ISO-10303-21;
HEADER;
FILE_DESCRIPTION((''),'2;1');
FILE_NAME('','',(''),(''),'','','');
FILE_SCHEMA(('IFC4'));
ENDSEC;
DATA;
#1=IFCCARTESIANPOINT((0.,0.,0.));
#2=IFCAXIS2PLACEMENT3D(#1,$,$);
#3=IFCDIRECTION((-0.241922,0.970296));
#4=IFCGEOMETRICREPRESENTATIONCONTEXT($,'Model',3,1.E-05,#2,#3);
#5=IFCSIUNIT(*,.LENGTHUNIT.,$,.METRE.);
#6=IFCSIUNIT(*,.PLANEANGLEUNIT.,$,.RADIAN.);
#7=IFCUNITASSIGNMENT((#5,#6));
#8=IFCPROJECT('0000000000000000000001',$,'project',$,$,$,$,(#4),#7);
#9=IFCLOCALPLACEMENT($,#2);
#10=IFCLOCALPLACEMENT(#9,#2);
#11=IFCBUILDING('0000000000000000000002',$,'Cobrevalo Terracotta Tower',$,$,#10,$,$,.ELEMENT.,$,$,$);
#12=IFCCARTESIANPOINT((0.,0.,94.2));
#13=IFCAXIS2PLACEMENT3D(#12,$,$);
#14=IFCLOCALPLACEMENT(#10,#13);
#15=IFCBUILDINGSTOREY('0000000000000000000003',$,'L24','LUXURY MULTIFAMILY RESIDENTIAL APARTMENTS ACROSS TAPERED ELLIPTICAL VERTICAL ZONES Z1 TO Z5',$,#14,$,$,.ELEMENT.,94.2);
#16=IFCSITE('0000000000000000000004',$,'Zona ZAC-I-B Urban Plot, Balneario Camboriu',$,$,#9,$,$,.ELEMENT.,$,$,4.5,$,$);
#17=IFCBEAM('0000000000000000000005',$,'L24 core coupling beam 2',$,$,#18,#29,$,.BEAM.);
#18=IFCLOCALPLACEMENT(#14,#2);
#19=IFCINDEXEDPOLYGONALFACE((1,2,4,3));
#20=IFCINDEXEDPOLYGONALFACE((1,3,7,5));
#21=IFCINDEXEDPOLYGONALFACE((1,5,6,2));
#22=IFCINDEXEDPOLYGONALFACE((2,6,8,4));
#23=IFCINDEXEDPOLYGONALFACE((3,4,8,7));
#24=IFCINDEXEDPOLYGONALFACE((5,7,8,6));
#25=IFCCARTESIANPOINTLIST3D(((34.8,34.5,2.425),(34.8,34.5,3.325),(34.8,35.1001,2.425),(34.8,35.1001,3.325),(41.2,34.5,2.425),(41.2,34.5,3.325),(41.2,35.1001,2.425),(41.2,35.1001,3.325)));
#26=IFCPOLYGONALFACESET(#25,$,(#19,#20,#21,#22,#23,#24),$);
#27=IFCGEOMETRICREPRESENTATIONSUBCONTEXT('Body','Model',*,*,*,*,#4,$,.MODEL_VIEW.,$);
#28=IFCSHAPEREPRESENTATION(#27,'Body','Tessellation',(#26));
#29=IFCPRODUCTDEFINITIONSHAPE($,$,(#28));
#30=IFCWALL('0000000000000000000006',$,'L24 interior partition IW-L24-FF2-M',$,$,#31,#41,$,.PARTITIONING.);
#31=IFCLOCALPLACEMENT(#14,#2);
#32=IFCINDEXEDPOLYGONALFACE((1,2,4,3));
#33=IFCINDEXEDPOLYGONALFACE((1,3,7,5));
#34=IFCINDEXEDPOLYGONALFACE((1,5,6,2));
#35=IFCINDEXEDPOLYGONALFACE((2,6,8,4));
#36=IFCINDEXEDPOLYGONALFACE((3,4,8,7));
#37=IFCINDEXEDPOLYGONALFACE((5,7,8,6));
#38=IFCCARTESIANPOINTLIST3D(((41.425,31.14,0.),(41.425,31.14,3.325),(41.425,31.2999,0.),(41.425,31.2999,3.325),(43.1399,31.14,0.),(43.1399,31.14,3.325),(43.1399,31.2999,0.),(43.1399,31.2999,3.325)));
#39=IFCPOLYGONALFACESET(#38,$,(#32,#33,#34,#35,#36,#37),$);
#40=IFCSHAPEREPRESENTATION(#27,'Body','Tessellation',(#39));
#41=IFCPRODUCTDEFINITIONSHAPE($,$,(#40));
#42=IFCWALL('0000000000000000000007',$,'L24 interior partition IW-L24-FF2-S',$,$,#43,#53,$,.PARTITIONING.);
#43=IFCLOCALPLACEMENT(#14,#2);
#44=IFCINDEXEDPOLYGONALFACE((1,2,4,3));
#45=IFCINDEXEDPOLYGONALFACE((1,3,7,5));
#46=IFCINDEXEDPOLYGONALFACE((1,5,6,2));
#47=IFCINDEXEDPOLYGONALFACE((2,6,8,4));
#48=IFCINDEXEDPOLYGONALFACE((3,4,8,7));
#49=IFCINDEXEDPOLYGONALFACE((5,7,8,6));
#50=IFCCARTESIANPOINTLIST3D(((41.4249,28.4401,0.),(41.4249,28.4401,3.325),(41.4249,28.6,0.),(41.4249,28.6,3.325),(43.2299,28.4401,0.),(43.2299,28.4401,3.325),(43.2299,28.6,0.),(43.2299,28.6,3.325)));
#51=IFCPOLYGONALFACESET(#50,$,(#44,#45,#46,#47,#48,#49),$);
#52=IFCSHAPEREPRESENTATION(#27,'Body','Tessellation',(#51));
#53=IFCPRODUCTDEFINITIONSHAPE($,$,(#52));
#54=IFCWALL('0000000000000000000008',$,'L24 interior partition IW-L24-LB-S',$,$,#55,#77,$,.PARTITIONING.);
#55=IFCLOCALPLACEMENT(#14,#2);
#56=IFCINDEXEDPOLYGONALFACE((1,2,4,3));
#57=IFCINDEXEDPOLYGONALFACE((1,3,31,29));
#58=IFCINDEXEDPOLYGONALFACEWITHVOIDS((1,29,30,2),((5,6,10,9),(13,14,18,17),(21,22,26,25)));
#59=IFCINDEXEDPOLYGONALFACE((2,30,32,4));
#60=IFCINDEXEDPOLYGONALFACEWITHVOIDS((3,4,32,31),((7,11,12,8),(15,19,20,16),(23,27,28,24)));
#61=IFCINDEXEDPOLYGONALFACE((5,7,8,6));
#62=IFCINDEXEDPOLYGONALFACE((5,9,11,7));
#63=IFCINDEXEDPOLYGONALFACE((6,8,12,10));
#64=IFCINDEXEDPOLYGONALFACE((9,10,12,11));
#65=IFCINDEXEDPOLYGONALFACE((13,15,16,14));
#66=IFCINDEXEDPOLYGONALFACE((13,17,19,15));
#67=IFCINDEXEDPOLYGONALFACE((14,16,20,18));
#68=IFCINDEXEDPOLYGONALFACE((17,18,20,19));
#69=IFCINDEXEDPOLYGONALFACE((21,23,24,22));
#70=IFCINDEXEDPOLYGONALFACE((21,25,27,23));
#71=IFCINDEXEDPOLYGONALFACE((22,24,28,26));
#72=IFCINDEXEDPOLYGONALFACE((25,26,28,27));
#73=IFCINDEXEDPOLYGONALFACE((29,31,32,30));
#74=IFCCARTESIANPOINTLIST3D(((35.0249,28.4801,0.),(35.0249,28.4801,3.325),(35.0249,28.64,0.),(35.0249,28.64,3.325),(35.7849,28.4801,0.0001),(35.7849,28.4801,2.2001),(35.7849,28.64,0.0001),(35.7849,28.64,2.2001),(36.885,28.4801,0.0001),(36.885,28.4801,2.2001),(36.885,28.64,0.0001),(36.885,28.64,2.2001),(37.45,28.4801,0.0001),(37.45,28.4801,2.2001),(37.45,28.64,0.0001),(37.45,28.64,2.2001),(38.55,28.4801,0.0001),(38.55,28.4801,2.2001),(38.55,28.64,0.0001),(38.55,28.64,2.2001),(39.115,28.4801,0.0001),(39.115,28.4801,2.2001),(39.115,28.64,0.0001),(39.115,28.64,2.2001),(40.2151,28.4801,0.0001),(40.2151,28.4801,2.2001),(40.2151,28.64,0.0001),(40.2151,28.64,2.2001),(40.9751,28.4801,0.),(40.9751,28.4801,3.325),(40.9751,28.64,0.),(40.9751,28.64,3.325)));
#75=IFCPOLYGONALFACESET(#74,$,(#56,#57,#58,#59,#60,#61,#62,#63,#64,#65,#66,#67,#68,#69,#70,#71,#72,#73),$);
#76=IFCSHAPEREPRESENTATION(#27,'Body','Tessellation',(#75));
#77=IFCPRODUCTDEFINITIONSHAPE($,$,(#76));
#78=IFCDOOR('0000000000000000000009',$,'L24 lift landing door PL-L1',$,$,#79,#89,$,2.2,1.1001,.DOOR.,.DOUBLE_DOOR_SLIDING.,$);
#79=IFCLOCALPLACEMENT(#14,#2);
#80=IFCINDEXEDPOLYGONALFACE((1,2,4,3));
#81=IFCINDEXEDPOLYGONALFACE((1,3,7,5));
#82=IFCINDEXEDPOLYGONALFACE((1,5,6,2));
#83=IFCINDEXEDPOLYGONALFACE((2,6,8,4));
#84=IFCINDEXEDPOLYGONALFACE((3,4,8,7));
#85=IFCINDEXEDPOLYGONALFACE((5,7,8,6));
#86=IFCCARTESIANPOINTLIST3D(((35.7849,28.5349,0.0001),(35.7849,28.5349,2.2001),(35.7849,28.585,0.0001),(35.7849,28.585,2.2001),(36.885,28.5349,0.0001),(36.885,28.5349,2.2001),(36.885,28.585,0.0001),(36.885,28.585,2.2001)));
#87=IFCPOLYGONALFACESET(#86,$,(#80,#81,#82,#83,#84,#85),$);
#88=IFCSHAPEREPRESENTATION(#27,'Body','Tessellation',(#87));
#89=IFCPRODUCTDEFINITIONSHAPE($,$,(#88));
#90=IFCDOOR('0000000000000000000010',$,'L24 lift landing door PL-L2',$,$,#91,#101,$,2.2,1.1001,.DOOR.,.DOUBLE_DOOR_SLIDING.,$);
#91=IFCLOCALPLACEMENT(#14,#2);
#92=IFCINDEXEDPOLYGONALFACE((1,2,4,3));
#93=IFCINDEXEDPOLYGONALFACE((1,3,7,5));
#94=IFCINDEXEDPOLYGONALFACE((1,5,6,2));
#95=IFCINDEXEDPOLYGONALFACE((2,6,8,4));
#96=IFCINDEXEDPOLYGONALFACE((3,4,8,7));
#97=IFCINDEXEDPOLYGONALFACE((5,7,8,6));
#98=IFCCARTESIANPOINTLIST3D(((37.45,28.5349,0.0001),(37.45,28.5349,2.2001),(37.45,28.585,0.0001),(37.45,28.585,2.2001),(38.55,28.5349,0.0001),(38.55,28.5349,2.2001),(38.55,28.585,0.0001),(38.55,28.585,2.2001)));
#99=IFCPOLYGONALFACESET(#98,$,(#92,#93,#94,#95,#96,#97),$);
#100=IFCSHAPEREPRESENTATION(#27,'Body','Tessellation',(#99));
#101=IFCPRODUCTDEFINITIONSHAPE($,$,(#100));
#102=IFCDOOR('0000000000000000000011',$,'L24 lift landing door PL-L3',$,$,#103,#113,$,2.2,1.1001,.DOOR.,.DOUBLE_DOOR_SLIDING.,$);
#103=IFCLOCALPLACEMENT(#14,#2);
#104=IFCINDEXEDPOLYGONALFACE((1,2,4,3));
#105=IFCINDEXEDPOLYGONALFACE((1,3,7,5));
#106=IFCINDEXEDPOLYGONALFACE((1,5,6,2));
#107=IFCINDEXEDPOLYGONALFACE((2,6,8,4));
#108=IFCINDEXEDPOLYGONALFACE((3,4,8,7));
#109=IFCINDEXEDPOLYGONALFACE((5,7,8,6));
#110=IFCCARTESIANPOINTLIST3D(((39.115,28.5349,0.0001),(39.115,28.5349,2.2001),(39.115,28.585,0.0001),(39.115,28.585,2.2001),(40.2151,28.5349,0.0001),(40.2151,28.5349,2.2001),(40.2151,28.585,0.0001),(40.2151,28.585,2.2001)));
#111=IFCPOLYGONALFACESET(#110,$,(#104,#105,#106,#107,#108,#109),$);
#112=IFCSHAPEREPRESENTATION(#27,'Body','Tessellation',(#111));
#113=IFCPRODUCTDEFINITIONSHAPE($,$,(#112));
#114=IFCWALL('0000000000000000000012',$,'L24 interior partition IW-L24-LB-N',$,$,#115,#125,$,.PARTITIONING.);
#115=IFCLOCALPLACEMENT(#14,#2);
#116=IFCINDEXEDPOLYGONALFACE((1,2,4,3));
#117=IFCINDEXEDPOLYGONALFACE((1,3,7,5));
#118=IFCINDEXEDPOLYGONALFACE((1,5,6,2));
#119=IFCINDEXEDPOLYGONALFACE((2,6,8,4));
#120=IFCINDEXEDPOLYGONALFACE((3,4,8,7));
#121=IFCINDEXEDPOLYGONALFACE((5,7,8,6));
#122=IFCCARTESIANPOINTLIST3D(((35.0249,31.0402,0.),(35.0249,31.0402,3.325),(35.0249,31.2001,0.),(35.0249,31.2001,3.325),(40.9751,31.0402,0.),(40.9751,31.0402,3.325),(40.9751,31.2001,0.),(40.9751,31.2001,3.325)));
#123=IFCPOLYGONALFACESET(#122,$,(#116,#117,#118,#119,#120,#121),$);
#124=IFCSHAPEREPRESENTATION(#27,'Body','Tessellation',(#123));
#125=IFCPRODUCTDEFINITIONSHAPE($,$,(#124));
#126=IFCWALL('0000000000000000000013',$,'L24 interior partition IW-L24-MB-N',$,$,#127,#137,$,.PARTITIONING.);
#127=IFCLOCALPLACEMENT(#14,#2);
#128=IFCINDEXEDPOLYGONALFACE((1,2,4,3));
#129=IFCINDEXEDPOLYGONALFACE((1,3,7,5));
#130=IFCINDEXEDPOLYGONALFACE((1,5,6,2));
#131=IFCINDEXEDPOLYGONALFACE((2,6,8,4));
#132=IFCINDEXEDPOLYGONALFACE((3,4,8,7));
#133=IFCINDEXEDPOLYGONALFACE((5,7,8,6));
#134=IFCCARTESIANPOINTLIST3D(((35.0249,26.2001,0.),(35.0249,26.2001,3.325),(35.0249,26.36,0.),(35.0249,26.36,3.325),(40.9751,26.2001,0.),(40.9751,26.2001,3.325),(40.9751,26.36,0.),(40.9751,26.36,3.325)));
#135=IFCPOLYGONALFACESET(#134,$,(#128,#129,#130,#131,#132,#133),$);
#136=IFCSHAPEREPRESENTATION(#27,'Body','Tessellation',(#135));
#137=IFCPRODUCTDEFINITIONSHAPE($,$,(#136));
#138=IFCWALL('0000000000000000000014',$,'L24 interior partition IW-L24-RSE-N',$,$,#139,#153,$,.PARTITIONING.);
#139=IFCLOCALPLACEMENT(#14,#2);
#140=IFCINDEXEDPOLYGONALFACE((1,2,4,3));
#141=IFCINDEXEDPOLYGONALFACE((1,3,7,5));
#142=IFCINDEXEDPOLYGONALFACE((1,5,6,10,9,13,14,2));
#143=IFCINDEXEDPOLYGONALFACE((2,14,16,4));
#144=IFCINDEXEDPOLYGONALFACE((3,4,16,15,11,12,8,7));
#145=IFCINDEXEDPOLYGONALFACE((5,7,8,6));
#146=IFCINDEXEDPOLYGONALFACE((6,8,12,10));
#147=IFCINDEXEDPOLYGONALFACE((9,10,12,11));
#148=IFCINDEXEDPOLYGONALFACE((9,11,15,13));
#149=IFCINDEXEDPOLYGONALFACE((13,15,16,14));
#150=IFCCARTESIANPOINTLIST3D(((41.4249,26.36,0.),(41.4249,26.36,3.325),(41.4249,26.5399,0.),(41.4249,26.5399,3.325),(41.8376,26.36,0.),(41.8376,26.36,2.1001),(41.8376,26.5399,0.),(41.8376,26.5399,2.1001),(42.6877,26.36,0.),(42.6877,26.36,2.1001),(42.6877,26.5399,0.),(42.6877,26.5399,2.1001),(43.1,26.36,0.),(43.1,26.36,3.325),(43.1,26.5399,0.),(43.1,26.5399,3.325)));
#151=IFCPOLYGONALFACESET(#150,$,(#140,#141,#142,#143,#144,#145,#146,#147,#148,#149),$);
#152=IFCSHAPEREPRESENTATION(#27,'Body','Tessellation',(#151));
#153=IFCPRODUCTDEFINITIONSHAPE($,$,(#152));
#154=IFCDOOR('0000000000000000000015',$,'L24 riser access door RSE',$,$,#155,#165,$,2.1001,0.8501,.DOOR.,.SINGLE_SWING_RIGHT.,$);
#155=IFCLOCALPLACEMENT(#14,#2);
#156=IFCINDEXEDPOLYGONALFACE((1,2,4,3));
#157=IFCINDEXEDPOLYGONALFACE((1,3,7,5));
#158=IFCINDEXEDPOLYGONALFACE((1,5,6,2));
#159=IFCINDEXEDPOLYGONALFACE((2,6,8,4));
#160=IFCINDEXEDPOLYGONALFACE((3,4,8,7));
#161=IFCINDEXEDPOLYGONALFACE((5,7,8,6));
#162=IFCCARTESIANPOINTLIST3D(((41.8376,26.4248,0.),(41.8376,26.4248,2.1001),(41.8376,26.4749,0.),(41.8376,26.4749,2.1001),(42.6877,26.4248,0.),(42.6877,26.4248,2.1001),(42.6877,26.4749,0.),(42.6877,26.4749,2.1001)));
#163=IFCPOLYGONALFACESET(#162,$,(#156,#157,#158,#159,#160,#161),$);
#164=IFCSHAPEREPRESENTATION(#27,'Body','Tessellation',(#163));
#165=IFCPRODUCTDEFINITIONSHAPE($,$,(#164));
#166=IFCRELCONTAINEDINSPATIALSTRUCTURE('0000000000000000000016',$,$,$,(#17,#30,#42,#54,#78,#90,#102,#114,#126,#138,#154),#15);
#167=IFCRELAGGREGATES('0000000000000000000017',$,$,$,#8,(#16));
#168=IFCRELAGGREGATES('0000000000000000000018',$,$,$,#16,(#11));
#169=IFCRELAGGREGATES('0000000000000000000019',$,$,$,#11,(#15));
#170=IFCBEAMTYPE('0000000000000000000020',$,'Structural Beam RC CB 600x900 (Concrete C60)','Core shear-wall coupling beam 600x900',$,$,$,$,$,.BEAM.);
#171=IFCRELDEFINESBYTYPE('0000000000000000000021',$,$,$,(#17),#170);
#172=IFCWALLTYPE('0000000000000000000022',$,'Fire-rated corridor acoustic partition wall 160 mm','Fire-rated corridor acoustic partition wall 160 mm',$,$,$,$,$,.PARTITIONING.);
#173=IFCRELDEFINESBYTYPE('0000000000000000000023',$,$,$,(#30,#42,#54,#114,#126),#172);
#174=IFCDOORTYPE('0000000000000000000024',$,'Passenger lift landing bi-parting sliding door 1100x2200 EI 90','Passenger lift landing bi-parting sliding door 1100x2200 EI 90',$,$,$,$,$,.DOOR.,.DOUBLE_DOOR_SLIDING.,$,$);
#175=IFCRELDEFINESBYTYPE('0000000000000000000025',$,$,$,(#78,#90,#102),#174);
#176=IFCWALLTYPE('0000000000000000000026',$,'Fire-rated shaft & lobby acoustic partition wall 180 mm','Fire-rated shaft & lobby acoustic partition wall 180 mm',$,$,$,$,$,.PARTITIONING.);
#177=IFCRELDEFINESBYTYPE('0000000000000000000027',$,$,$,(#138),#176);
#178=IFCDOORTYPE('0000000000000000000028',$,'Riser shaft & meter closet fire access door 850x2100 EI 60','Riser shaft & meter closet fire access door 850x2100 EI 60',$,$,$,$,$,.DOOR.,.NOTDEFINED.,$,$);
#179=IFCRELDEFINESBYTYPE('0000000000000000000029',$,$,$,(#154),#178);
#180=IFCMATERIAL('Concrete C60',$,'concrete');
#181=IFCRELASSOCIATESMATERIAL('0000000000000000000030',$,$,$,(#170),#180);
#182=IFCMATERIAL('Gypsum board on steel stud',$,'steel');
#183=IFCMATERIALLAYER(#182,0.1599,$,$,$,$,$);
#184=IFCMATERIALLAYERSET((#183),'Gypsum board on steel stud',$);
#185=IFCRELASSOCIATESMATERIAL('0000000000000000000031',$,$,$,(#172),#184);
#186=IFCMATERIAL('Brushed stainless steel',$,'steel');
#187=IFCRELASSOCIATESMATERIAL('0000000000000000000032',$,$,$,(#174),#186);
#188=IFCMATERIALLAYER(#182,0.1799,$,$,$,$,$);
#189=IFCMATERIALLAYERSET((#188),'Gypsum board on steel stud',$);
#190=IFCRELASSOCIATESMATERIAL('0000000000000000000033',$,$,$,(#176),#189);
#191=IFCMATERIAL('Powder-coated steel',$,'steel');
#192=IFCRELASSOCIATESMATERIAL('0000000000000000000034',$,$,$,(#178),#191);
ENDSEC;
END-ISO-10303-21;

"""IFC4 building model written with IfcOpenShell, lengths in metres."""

from ifc_helpers import new_model, si_unit, direction, frame, frame_2d, origin, origin_2d, place, context, subcontext, project, spatial, rectangle, extrude, source, transform, mapped, material, layer, layer_set, material_profile, profile_set, type_object, element, fill, save


model = new_model("IFC4")

# Units and contexts
model_context = context("Model", 3, precision=1e-05, world=origin(), true_north=direction((-0.241922, 0.970296)))
body_context = subcontext(model_context, "Body", "Model", "MODEL_VIEW")
ifc_project = project(units=[si_unit("LENGTHUNIT", "METRE"), si_unit("PLANEANGLEUNIT", "RADIAN")], contexts=[model_context])

# Site, building, storey
site_placement = place(None, origin())
site = spatial("IfcSite", under=ifc_project, at=site_placement, Name="Zona ZAC-I-B Urban Plot, Balneario Camboriu", CompositionType="ELEMENT", RefElevation=4.5)
building_placement = place(site_placement, origin())
building = spatial("IfcBuilding", under=site, at=building_placement, Name="Cobrevalo Terracotta Tower", CompositionType="ELEMENT")
storey_placement = place(building_placement, frame((0.0, 0.0, 94.2)))
storey = spatial("IfcBuildingStorey", under=building, at=storey_placement, Name="L24", Description="LUXURY MULTIFAMILY RESIDENTIAL APARTMENTS ACROSS TAPERED ELLIPTICAL VERTICAL ZONES Z1 TO Z5", CompositionType="ELEMENT", Elevation=94.2)

# Beam
ifc_material_1 = material(Name="Concrete C60", Category="concrete")
ifc_material_profile = material_profile(ifc_material_1, rectangle(XDim=0.6001, YDim=0.8999, at=origin_2d()), Name="RC CB 600x900")
ifc_profile_set = profile_set([ifc_material_profile], Name="Concrete C60")
beam_type = type_object("IfcBeamType", Name="Structural Beam RC CB 600x900 (Concrete C60)", Description="Core shear-wall coupling beam 600x900", PredefinedType="BEAM", material=ifc_profile_set)
beam_placement = place(storey_placement, frame((34.8, 34.8, 2.875), z_axis=(1.0, 0.0, 0.0), x_axis=(0.0, 1.0, 0.0)))
element("IfcBeam", 1, at=beam_placement, inside=storey, type_object=beam_type, Name="L24 core coupling beam 2", PredefinedType="BEAM", context=body_context, shape_type="SweptSolid", body=[
    extrude(rectangle(XDim=0.6001, YDim=0.8999, at=origin_2d()), origin(), (0.0, 0.0, 1.0), 6.3999),
])

# Walls
ifc_material_2 = material(Name="Gypsum board on steel stud", Category="steel")
ifc_layer_1 = layer(ifc_material_2, 0.1599)
ifc_layer_set_1 = layer_set([ifc_layer_1], Name="Gypsum board on steel stud")
wall_type_1 = type_object("IfcWallType", Name="Fire-rated corridor acoustic partition wall 160 mm", Description="Fire-rated corridor acoustic partition wall 160 mm", PredefinedType="PARTITIONING", material=ifc_layer_set_1)
wall_1_placement = place(storey_placement, frame((41.425, 31.22, 0.0), z_axis=(0.0, 0.0, 1.0), x_axis=(1.0, 0.0, 0.0)))
element("IfcWall", 2, at=wall_1_placement, inside=storey, type_object=wall_type_1, Name="L24 interior partition IW-L24-FF2-M", PredefinedType="PARTITIONING", context=body_context, shape_type="SweptSolid", body=[
    extrude(rectangle(XDim=1.7148, YDim=0.1599, at=frame_2d((0.8574, 0.0))), origin(), (0.0, 0.0, 1.0), 3.325),
])
wall_2_placement = place(storey_placement, frame((41.425, 28.52, 0.0), z_axis=(0.0, 0.0, 1.0), x_axis=(1.0, 0.0, 0.0)))
element("IfcWall", 3, at=wall_2_placement, inside=storey, type_object=wall_type_1, Name="L24 interior partition IW-L24-FF2-S", PredefinedType="PARTITIONING", context=body_context, shape_type="SweptSolid", body=[
    extrude(rectangle(XDim=1.8049, YDim=0.1599, at=frame_2d((0.9023, 0.0))), origin(), (0.0, 0.0, 1.0), 3.325),
])

# Wall, openings, doors
wall_3_placement = place(storey_placement, frame((35.0249, 28.5601, 0.0), z_axis=(0.0, 0.0, 1.0), x_axis=(1.0, 0.0, 0.0)))
wall_3 = element("IfcWall", 4, at=wall_3_placement, inside=storey, type_object=wall_type_1, Name="L24 interior partition IW-L24-LB-S", PredefinedType="PARTITIONING", context=body_context, shape_type="SweptSolid", body=[
    extrude(rectangle(XDim=5.9502, YDim=0.1599, at=frame_2d((2.9751, 0.0))), origin(), (0.0, 0.0, 1.0), 3.325),
])
opening_1_placement = place(wall_3_placement, frame((0.76, 0.0, 0.0)))
opening_1 = element("IfcOpeningElement", 5, at=opening_1_placement, cuts=wall_3, PredefinedType="OPENING", context=body_context, shape_type="SweptSolid", body=[
    extrude(rectangle(XDim=1.1001, YDim=2.2, at=frame_2d((0.55, 1.1001))), frame((0.0, 0.0898, 0.0), z_axis=(0.0, -1.0, 0.0), x_axis=(1.0, 0.0, 0.0)), (0.0, 0.0, 1.0), 0.1799),
])
opening_2_placement = place(wall_3_placement, frame((2.425, 0.0, 0.0)))
opening_2 = element("IfcOpeningElement", 6, at=opening_2_placement, cuts=wall_3, PredefinedType="OPENING", context=body_context, shape_type="SweptSolid", body=[
    extrude(rectangle(XDim=1.1001, YDim=2.2, at=frame_2d((0.55, 1.1001))), frame((0.0, 0.0898, 0.0), z_axis=(0.0, -1.0, 0.0), x_axis=(1.0, 0.0, 0.0)), (0.0, 0.0, 1.0), 0.1799),
])
opening_3_placement = place(wall_3_placement, frame((4.0901, 0.0, 0.0)))
opening_3 = element("IfcOpeningElement", 7, at=opening_3_placement, cuts=wall_3, PredefinedType="OPENING", context=body_context, shape_type="SweptSolid", body=[
    extrude(rectangle(XDim=1.1001, YDim=2.2, at=frame_2d((0.55, 1.1001))), frame((0.0, 0.0898, 0.0), z_axis=(0.0, -1.0, 0.0), x_axis=(1.0, 0.0, 0.0)), (0.0, 0.0, 1.0), 0.1799),
])
ifc_material_3 = material(Name="Brushed stainless steel", Category="steel")
door_type_1 = type_object("IfcDoorType", Name="Passenger lift landing bi-parting sliding door 1100x2200 EI 90", Description="Passenger lift landing bi-parting sliding door 1100x2200 EI 90", OperationType="DOUBLE_DOOR_SLIDING", PredefinedType="DOOR", material=ifc_material_3)
shared_shape_1 = source(origin(), body_context, "Body", "SweptSolid", [
    extrude(rectangle(XDim=1.1001, YDim=2.2, at=frame_2d((0.55, 1.1001))), frame((0.0, 0.0249, 0.0), z_axis=(0.0, -1.0, 0.0), x_axis=(1.0, 0.0, 0.0)), (0.0, 0.0, 1.0), 0.05),
])
door_1_placement = place(opening_1_placement, origin())
door_1 = element("IfcDoor", 8, at=door_1_placement, inside=storey, type_object=door_type_1, Name="L24 lift landing door PL-L1", OperationType="DOUBLE_DOOR_SLIDING", OverallHeight=2.2, OverallWidth=1.1001, PredefinedType="DOOR", context=body_context, shape_type="MappedRepresentation", body=[
    mapped(shared_shape_1, transform((0.0, 0.0, 0.0), scale=1.0)),
])
fill(opening_1, door_1)
door_2_placement = place(opening_2_placement, origin())
door_2 = element("IfcDoor", 9, at=door_2_placement, inside=storey, type_object=door_type_1, Name="L24 lift landing door PL-L2", OperationType="DOUBLE_DOOR_SLIDING", OverallHeight=2.2, OverallWidth=1.1001, PredefinedType="DOOR", context=body_context, shape_type="MappedRepresentation", body=[
    mapped(shared_shape_1, transform((0.0, 0.0, 0.0), scale=1.0)),
])
fill(opening_2, door_2)
door_3_placement = place(opening_3_placement, origin())
door_3 = element("IfcDoor", 10, at=door_3_placement, inside=storey, type_object=door_type_1, Name="L24 lift landing door PL-L3", OperationType="DOUBLE_DOOR_SLIDING", OverallHeight=2.2, OverallWidth=1.1001, PredefinedType="DOOR", context=body_context, shape_type="MappedRepresentation", body=[
    mapped(shared_shape_1, transform((0.0, 0.0, 0.0), scale=1.0)),
])
fill(opening_3, door_3)

# Walls
for number, where, z_axis, x_axis, name in (
    (11, (35.0249, 31.1201, 0.0), (0.0, 0.0, 1.0), (1.0, 0.0, 0.0), "L24 interior partition IW-L24-LB-N"),
    (12, (35.0249, 26.28, 0.0), (0.0, 0.0, 1.0), (1.0, 0.0, 0.0), "L24 interior partition IW-L24-MB-N"),
):
    element("IfcWall", number, at=place(storey_placement, frame(where, z_axis=z_axis, x_axis=x_axis)), inside=storey, type_object=wall_type_1, Name=name, PredefinedType="PARTITIONING", context=body_context, shape_type="SweptSolid", body=[
        extrude(rectangle(XDim=5.9502, YDim=0.1599, at=frame_2d((2.9751, 0.0))), origin(), (0.0, 0.0, 1.0), 3.325),
    ])

# Wall, opening, door
ifc_layer_2 = layer(ifc_material_2, 0.1799)
ifc_layer_set_2 = layer_set([ifc_layer_2], Name="Gypsum board on steel stud")
wall_type_2 = type_object("IfcWallType", Name="Fire-rated shaft & lobby acoustic partition wall 180 mm", Description="Fire-rated shaft & lobby acoustic partition wall 180 mm", PredefinedType="PARTITIONING", material=ifc_layer_set_2)
wall_4_placement = place(storey_placement, frame((41.425, 26.45, 0.0), z_axis=(0.0, 0.0, 1.0), x_axis=(1.0, 0.0, 0.0)))
wall_4 = element("IfcWall", 13, at=wall_4_placement, inside=storey, type_object=wall_type_2, Name="L24 interior partition IW-L24-RSE-N", PredefinedType="PARTITIONING", context=body_context, shape_type="SweptSolid", body=[
    extrude(rectangle(XDim=1.675, YDim=0.1799, at=frame_2d((0.8374, 0.0))), origin(), (0.0, 0.0, 1.0), 3.325),
])
opening_4_placement = place(wall_4_placement, frame((0.4126, 0.0, 0.0)))
opening_4 = element("IfcOpeningElement", 14, at=opening_4_placement, cuts=wall_4, PredefinedType="OPENING", context=body_context, shape_type="SweptSolid", body=[
    extrude(rectangle(XDim=0.8501, YDim=2.1001, at=frame_2d((0.425, 1.05))), frame((0.0, 0.1001, 0.0), z_axis=(0.0, -1.0, 0.0), x_axis=(1.0, 0.0, 0.0)), (0.0, 0.0, 1.0), 0.2),
])
ifc_material_4 = material(Name="Powder-coated steel", Category="steel")
door_type_2 = type_object("IfcDoorType", Name="Riser shaft & meter closet fire access door 850x2100 EI 60", Description="Riser shaft & meter closet fire access door 850x2100 EI 60", OperationType="NOTDEFINED", PredefinedType="DOOR", material=ifc_material_4)
shared_shape_2 = source(origin(), body_context, "Body", "SweptSolid", [
    extrude(rectangle(XDim=0.8501, YDim=2.1001, at=frame_2d((0.425, 1.05))), frame((0.0, 0.0249, 0.0), z_axis=(0.0, -1.0, 0.0), x_axis=(1.0, 0.0, 0.0)), (0.0, 0.0, 1.0), 0.05),
])
door_4_placement = place(opening_4_placement, origin())
door_4 = element("IfcDoor", 15, at=door_4_placement, inside=storey, type_object=door_type_2, Name="L24 riser access door RSE", OperationType="SINGLE_SWING_RIGHT", OverallHeight=2.1001, OverallWidth=0.8501, PredefinedType="DOOR", context=body_context, shape_type="MappedRepresentation", body=[
    mapped(shared_shape_2, transform((0.0, 0.0, 0.0), scale=1.0)),
])
fill(opening_4, door_4)

save(model, "model.ifc")
